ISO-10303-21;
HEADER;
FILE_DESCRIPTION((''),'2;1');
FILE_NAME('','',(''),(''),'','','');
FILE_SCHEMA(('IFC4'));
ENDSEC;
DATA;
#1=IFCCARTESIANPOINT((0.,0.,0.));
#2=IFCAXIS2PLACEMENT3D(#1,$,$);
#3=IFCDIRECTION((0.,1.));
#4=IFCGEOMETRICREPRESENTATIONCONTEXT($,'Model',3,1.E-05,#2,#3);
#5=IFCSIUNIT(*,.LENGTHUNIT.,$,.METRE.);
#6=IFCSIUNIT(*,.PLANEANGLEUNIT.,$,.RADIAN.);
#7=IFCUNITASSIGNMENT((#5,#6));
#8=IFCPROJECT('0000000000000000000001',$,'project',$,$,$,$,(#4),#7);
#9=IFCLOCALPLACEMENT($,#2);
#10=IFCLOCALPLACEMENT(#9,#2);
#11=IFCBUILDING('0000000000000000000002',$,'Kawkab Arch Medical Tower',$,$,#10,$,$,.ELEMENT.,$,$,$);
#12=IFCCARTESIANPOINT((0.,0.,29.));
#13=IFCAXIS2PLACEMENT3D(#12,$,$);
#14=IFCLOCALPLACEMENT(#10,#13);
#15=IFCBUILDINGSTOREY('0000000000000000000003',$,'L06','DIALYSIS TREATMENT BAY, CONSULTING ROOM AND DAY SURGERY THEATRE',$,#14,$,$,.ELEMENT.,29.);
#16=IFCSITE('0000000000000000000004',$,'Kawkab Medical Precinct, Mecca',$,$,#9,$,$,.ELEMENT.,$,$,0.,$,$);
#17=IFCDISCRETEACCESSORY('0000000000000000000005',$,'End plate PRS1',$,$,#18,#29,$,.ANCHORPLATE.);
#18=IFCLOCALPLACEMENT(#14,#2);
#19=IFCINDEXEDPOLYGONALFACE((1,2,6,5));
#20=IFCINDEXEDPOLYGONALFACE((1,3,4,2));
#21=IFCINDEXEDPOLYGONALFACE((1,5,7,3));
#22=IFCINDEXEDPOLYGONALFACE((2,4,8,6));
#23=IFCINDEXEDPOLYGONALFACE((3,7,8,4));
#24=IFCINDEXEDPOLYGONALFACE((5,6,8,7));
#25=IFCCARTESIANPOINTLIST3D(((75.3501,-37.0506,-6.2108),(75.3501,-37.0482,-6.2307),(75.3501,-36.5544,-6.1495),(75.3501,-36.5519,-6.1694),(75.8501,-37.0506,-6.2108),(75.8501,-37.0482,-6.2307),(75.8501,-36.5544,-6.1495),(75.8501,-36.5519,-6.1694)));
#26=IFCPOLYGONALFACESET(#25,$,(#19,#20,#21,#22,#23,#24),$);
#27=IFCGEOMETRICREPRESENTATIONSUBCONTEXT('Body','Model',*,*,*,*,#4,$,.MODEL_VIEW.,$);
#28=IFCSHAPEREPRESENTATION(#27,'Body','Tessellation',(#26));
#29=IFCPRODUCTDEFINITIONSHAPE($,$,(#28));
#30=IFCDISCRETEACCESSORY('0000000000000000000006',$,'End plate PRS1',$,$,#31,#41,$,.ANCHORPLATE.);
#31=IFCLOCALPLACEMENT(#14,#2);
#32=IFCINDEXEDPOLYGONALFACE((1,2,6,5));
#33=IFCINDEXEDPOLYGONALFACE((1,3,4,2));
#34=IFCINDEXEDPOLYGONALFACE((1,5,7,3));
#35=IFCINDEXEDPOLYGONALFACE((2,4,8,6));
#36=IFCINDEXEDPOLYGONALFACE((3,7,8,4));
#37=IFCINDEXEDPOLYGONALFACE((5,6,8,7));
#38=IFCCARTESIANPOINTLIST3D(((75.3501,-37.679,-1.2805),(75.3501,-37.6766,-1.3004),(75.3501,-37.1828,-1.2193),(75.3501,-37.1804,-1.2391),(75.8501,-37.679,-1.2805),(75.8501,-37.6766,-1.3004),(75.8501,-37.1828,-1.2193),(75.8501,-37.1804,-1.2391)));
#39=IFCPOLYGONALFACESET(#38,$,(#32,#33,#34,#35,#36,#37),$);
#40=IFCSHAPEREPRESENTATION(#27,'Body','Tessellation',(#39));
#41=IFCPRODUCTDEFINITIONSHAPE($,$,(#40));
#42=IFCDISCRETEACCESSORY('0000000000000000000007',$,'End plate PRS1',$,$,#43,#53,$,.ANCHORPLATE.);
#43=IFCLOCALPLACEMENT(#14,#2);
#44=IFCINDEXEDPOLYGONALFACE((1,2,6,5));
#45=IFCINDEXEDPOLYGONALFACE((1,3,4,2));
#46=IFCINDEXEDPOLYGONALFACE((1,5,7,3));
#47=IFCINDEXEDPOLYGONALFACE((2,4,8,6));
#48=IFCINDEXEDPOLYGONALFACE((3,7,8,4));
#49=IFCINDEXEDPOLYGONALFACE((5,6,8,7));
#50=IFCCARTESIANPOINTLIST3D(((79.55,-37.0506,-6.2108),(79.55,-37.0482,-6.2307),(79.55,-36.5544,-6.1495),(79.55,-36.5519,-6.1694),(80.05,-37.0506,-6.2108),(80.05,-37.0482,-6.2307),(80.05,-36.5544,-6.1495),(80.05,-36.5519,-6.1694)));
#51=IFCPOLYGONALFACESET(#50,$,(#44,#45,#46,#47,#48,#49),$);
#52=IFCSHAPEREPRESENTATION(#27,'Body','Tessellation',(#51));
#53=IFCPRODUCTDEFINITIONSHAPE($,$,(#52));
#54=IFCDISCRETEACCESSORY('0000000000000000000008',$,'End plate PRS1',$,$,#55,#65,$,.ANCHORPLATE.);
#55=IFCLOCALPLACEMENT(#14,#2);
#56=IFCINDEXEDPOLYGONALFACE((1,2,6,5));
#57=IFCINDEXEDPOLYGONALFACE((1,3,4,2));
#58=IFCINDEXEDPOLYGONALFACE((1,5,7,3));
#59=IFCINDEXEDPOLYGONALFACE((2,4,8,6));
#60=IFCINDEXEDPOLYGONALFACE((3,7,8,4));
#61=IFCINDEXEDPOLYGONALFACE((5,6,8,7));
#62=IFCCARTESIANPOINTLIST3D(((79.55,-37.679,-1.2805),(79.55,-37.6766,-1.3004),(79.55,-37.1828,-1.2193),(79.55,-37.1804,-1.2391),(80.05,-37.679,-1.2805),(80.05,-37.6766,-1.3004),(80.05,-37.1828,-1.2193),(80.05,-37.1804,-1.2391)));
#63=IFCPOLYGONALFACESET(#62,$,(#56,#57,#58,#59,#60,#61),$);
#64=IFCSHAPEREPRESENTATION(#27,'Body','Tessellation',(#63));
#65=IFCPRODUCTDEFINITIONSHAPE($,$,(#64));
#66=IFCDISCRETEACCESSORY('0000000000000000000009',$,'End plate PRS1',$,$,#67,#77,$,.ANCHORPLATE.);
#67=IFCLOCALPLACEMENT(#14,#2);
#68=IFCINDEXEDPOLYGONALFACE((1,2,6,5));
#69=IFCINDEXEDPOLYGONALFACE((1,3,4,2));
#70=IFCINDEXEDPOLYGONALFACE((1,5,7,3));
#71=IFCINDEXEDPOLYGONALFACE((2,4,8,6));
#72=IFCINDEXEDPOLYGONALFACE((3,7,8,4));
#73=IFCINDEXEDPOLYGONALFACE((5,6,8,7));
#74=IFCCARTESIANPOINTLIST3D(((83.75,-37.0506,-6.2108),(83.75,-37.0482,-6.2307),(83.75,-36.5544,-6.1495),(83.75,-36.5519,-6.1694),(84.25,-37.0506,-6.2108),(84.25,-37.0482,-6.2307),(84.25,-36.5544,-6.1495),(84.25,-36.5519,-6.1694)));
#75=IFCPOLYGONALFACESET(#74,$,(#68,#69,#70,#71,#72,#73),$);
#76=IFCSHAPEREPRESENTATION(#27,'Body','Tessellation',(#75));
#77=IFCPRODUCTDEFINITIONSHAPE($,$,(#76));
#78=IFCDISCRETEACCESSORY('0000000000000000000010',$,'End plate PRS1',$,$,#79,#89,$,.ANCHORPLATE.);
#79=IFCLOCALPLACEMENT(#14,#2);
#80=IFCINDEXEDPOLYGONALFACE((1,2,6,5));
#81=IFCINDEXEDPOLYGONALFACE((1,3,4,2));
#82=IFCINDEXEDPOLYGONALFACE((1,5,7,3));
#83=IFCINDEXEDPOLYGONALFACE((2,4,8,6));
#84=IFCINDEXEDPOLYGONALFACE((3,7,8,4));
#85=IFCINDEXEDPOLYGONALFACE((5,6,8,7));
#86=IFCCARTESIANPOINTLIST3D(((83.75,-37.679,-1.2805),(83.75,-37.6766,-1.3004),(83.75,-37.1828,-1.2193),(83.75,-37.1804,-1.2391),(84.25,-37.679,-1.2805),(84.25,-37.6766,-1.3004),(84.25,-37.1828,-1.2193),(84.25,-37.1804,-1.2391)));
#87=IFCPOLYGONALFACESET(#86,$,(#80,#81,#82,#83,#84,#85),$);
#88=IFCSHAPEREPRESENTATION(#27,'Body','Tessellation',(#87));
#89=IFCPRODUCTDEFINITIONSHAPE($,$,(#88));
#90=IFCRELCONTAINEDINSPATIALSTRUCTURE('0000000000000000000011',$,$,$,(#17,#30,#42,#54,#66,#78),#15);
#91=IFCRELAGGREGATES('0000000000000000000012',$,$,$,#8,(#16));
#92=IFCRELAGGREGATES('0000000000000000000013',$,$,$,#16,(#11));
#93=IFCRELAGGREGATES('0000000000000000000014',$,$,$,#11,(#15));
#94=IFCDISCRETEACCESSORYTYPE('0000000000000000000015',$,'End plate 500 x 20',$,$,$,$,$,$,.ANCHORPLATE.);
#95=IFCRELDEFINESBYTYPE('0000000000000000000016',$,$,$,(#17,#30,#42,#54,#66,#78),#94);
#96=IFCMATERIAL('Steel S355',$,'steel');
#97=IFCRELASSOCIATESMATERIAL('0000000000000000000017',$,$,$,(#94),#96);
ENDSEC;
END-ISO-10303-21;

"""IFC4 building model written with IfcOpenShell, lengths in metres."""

from ifc_helpers import new_model, si_unit, direction, frame, origin, origin_2d, place, context, subcontext, project, spatial, rectangle, extrude, material, material_profile, profile_set, type_object, element, save


model = new_model("IFC4")

# Units and contexts
model_context = context("Model", 3, precision=1e-05, world=origin(), true_north=direction((0.0, 1.0)))
body_context = subcontext(model_context, "Body", "Model", "MODEL_VIEW")
ifc_project = project(units=[si_unit("LENGTHUNIT", "METRE"), si_unit("PLANEANGLEUNIT", "RADIAN")], contexts=[model_context])

# Site, building, storey
site_placement = place(None, origin())
site = spatial("IfcSite", under=ifc_project, at=site_placement, Name="Kawkab Medical Precinct, Mecca", CompositionType="ELEMENT", RefElevation=0.0)
building_placement = place(site_placement, origin())
building = spatial("IfcBuilding", under=site, at=building_placement, Name="Kawkab Arch Medical Tower", CompositionType="ELEMENT")
storey_placement = place(building_placement, frame((0.0, 0.0, 29.0)))
storey = spatial("IfcBuildingStorey", under=building, at=storey_placement, Name="L06", Description="DIALYSIS TREATMENT BAY, CONSULTING ROOM AND DAY SURGERY THEATRE", CompositionType="ELEMENT", Elevation=29.0)

# Discrete accessories
ifc_material_1 = material(Name="Steel S355", Category="steel")
ifc_material_profile_1 = material_profile(ifc_material_1, rectangle(XDim=0.5, YDim=0.5, at=origin_2d()), Name="End plate 500 x 20")
ifc_profile_set_1 = profile_set([ifc_material_profile_1], Name="Steel S355")
discrete_accessory_type = type_object("IfcDiscreteAccessoryType", Name="End plate 500 x 20", PredefinedType="ANCHORPLATE", material=ifc_profile_set_1)
for number, where, z_axis, x_axis, name in (
    (1, (75.6001, -36.8025, -6.1802), (0.0, 0.122527, -0.992465), (-1.0, 0.0, 0.0), "End plate PRS1"),
    (2, (75.6001, -37.4285, -1.2698), (0.0, -0.122527, 0.992465), (1.0, 0.0, 0.0), "End plate PRS1"),
    (3, (79.8, -36.8025, -6.1802), (0.0, 0.122527, -0.992465), (-1.0, 0.0, 0.0), "End plate PRS1"),
    (4, (79.8, -37.4285, -1.2698), (0.0, -0.122527, 0.992465), (1.0, 0.0, 0.0), "End plate PRS1"),
    (5, (84.0, -36.8025, -6.1802), (0.0, 0.122527, -0.992465), (-1.0, 0.0, 0.0), "End plate PRS1"),
    (6, (84.0, -37.4285, -1.2698), (0.0, -0.122527, 0.992465), (1.0, 0.0, 0.0), "End plate PRS1"),
):
    element("IfcDiscreteAccessory", number, at=place(storey_placement, frame(where, z_axis=z_axis, x_axis=x_axis)), inside=storey, type_object=discrete_accessory_type, Name=name, PredefinedType="ANCHORPLATE", context=body_context, shape_type="SweptSolid", body=[
        extrude(rectangle(XDim=0.5, YDim=0.5, at=origin_2d()), origin(), (0.0, 0.0, 1.0), 0.02),
    ])

save(model, "model.ifc")
